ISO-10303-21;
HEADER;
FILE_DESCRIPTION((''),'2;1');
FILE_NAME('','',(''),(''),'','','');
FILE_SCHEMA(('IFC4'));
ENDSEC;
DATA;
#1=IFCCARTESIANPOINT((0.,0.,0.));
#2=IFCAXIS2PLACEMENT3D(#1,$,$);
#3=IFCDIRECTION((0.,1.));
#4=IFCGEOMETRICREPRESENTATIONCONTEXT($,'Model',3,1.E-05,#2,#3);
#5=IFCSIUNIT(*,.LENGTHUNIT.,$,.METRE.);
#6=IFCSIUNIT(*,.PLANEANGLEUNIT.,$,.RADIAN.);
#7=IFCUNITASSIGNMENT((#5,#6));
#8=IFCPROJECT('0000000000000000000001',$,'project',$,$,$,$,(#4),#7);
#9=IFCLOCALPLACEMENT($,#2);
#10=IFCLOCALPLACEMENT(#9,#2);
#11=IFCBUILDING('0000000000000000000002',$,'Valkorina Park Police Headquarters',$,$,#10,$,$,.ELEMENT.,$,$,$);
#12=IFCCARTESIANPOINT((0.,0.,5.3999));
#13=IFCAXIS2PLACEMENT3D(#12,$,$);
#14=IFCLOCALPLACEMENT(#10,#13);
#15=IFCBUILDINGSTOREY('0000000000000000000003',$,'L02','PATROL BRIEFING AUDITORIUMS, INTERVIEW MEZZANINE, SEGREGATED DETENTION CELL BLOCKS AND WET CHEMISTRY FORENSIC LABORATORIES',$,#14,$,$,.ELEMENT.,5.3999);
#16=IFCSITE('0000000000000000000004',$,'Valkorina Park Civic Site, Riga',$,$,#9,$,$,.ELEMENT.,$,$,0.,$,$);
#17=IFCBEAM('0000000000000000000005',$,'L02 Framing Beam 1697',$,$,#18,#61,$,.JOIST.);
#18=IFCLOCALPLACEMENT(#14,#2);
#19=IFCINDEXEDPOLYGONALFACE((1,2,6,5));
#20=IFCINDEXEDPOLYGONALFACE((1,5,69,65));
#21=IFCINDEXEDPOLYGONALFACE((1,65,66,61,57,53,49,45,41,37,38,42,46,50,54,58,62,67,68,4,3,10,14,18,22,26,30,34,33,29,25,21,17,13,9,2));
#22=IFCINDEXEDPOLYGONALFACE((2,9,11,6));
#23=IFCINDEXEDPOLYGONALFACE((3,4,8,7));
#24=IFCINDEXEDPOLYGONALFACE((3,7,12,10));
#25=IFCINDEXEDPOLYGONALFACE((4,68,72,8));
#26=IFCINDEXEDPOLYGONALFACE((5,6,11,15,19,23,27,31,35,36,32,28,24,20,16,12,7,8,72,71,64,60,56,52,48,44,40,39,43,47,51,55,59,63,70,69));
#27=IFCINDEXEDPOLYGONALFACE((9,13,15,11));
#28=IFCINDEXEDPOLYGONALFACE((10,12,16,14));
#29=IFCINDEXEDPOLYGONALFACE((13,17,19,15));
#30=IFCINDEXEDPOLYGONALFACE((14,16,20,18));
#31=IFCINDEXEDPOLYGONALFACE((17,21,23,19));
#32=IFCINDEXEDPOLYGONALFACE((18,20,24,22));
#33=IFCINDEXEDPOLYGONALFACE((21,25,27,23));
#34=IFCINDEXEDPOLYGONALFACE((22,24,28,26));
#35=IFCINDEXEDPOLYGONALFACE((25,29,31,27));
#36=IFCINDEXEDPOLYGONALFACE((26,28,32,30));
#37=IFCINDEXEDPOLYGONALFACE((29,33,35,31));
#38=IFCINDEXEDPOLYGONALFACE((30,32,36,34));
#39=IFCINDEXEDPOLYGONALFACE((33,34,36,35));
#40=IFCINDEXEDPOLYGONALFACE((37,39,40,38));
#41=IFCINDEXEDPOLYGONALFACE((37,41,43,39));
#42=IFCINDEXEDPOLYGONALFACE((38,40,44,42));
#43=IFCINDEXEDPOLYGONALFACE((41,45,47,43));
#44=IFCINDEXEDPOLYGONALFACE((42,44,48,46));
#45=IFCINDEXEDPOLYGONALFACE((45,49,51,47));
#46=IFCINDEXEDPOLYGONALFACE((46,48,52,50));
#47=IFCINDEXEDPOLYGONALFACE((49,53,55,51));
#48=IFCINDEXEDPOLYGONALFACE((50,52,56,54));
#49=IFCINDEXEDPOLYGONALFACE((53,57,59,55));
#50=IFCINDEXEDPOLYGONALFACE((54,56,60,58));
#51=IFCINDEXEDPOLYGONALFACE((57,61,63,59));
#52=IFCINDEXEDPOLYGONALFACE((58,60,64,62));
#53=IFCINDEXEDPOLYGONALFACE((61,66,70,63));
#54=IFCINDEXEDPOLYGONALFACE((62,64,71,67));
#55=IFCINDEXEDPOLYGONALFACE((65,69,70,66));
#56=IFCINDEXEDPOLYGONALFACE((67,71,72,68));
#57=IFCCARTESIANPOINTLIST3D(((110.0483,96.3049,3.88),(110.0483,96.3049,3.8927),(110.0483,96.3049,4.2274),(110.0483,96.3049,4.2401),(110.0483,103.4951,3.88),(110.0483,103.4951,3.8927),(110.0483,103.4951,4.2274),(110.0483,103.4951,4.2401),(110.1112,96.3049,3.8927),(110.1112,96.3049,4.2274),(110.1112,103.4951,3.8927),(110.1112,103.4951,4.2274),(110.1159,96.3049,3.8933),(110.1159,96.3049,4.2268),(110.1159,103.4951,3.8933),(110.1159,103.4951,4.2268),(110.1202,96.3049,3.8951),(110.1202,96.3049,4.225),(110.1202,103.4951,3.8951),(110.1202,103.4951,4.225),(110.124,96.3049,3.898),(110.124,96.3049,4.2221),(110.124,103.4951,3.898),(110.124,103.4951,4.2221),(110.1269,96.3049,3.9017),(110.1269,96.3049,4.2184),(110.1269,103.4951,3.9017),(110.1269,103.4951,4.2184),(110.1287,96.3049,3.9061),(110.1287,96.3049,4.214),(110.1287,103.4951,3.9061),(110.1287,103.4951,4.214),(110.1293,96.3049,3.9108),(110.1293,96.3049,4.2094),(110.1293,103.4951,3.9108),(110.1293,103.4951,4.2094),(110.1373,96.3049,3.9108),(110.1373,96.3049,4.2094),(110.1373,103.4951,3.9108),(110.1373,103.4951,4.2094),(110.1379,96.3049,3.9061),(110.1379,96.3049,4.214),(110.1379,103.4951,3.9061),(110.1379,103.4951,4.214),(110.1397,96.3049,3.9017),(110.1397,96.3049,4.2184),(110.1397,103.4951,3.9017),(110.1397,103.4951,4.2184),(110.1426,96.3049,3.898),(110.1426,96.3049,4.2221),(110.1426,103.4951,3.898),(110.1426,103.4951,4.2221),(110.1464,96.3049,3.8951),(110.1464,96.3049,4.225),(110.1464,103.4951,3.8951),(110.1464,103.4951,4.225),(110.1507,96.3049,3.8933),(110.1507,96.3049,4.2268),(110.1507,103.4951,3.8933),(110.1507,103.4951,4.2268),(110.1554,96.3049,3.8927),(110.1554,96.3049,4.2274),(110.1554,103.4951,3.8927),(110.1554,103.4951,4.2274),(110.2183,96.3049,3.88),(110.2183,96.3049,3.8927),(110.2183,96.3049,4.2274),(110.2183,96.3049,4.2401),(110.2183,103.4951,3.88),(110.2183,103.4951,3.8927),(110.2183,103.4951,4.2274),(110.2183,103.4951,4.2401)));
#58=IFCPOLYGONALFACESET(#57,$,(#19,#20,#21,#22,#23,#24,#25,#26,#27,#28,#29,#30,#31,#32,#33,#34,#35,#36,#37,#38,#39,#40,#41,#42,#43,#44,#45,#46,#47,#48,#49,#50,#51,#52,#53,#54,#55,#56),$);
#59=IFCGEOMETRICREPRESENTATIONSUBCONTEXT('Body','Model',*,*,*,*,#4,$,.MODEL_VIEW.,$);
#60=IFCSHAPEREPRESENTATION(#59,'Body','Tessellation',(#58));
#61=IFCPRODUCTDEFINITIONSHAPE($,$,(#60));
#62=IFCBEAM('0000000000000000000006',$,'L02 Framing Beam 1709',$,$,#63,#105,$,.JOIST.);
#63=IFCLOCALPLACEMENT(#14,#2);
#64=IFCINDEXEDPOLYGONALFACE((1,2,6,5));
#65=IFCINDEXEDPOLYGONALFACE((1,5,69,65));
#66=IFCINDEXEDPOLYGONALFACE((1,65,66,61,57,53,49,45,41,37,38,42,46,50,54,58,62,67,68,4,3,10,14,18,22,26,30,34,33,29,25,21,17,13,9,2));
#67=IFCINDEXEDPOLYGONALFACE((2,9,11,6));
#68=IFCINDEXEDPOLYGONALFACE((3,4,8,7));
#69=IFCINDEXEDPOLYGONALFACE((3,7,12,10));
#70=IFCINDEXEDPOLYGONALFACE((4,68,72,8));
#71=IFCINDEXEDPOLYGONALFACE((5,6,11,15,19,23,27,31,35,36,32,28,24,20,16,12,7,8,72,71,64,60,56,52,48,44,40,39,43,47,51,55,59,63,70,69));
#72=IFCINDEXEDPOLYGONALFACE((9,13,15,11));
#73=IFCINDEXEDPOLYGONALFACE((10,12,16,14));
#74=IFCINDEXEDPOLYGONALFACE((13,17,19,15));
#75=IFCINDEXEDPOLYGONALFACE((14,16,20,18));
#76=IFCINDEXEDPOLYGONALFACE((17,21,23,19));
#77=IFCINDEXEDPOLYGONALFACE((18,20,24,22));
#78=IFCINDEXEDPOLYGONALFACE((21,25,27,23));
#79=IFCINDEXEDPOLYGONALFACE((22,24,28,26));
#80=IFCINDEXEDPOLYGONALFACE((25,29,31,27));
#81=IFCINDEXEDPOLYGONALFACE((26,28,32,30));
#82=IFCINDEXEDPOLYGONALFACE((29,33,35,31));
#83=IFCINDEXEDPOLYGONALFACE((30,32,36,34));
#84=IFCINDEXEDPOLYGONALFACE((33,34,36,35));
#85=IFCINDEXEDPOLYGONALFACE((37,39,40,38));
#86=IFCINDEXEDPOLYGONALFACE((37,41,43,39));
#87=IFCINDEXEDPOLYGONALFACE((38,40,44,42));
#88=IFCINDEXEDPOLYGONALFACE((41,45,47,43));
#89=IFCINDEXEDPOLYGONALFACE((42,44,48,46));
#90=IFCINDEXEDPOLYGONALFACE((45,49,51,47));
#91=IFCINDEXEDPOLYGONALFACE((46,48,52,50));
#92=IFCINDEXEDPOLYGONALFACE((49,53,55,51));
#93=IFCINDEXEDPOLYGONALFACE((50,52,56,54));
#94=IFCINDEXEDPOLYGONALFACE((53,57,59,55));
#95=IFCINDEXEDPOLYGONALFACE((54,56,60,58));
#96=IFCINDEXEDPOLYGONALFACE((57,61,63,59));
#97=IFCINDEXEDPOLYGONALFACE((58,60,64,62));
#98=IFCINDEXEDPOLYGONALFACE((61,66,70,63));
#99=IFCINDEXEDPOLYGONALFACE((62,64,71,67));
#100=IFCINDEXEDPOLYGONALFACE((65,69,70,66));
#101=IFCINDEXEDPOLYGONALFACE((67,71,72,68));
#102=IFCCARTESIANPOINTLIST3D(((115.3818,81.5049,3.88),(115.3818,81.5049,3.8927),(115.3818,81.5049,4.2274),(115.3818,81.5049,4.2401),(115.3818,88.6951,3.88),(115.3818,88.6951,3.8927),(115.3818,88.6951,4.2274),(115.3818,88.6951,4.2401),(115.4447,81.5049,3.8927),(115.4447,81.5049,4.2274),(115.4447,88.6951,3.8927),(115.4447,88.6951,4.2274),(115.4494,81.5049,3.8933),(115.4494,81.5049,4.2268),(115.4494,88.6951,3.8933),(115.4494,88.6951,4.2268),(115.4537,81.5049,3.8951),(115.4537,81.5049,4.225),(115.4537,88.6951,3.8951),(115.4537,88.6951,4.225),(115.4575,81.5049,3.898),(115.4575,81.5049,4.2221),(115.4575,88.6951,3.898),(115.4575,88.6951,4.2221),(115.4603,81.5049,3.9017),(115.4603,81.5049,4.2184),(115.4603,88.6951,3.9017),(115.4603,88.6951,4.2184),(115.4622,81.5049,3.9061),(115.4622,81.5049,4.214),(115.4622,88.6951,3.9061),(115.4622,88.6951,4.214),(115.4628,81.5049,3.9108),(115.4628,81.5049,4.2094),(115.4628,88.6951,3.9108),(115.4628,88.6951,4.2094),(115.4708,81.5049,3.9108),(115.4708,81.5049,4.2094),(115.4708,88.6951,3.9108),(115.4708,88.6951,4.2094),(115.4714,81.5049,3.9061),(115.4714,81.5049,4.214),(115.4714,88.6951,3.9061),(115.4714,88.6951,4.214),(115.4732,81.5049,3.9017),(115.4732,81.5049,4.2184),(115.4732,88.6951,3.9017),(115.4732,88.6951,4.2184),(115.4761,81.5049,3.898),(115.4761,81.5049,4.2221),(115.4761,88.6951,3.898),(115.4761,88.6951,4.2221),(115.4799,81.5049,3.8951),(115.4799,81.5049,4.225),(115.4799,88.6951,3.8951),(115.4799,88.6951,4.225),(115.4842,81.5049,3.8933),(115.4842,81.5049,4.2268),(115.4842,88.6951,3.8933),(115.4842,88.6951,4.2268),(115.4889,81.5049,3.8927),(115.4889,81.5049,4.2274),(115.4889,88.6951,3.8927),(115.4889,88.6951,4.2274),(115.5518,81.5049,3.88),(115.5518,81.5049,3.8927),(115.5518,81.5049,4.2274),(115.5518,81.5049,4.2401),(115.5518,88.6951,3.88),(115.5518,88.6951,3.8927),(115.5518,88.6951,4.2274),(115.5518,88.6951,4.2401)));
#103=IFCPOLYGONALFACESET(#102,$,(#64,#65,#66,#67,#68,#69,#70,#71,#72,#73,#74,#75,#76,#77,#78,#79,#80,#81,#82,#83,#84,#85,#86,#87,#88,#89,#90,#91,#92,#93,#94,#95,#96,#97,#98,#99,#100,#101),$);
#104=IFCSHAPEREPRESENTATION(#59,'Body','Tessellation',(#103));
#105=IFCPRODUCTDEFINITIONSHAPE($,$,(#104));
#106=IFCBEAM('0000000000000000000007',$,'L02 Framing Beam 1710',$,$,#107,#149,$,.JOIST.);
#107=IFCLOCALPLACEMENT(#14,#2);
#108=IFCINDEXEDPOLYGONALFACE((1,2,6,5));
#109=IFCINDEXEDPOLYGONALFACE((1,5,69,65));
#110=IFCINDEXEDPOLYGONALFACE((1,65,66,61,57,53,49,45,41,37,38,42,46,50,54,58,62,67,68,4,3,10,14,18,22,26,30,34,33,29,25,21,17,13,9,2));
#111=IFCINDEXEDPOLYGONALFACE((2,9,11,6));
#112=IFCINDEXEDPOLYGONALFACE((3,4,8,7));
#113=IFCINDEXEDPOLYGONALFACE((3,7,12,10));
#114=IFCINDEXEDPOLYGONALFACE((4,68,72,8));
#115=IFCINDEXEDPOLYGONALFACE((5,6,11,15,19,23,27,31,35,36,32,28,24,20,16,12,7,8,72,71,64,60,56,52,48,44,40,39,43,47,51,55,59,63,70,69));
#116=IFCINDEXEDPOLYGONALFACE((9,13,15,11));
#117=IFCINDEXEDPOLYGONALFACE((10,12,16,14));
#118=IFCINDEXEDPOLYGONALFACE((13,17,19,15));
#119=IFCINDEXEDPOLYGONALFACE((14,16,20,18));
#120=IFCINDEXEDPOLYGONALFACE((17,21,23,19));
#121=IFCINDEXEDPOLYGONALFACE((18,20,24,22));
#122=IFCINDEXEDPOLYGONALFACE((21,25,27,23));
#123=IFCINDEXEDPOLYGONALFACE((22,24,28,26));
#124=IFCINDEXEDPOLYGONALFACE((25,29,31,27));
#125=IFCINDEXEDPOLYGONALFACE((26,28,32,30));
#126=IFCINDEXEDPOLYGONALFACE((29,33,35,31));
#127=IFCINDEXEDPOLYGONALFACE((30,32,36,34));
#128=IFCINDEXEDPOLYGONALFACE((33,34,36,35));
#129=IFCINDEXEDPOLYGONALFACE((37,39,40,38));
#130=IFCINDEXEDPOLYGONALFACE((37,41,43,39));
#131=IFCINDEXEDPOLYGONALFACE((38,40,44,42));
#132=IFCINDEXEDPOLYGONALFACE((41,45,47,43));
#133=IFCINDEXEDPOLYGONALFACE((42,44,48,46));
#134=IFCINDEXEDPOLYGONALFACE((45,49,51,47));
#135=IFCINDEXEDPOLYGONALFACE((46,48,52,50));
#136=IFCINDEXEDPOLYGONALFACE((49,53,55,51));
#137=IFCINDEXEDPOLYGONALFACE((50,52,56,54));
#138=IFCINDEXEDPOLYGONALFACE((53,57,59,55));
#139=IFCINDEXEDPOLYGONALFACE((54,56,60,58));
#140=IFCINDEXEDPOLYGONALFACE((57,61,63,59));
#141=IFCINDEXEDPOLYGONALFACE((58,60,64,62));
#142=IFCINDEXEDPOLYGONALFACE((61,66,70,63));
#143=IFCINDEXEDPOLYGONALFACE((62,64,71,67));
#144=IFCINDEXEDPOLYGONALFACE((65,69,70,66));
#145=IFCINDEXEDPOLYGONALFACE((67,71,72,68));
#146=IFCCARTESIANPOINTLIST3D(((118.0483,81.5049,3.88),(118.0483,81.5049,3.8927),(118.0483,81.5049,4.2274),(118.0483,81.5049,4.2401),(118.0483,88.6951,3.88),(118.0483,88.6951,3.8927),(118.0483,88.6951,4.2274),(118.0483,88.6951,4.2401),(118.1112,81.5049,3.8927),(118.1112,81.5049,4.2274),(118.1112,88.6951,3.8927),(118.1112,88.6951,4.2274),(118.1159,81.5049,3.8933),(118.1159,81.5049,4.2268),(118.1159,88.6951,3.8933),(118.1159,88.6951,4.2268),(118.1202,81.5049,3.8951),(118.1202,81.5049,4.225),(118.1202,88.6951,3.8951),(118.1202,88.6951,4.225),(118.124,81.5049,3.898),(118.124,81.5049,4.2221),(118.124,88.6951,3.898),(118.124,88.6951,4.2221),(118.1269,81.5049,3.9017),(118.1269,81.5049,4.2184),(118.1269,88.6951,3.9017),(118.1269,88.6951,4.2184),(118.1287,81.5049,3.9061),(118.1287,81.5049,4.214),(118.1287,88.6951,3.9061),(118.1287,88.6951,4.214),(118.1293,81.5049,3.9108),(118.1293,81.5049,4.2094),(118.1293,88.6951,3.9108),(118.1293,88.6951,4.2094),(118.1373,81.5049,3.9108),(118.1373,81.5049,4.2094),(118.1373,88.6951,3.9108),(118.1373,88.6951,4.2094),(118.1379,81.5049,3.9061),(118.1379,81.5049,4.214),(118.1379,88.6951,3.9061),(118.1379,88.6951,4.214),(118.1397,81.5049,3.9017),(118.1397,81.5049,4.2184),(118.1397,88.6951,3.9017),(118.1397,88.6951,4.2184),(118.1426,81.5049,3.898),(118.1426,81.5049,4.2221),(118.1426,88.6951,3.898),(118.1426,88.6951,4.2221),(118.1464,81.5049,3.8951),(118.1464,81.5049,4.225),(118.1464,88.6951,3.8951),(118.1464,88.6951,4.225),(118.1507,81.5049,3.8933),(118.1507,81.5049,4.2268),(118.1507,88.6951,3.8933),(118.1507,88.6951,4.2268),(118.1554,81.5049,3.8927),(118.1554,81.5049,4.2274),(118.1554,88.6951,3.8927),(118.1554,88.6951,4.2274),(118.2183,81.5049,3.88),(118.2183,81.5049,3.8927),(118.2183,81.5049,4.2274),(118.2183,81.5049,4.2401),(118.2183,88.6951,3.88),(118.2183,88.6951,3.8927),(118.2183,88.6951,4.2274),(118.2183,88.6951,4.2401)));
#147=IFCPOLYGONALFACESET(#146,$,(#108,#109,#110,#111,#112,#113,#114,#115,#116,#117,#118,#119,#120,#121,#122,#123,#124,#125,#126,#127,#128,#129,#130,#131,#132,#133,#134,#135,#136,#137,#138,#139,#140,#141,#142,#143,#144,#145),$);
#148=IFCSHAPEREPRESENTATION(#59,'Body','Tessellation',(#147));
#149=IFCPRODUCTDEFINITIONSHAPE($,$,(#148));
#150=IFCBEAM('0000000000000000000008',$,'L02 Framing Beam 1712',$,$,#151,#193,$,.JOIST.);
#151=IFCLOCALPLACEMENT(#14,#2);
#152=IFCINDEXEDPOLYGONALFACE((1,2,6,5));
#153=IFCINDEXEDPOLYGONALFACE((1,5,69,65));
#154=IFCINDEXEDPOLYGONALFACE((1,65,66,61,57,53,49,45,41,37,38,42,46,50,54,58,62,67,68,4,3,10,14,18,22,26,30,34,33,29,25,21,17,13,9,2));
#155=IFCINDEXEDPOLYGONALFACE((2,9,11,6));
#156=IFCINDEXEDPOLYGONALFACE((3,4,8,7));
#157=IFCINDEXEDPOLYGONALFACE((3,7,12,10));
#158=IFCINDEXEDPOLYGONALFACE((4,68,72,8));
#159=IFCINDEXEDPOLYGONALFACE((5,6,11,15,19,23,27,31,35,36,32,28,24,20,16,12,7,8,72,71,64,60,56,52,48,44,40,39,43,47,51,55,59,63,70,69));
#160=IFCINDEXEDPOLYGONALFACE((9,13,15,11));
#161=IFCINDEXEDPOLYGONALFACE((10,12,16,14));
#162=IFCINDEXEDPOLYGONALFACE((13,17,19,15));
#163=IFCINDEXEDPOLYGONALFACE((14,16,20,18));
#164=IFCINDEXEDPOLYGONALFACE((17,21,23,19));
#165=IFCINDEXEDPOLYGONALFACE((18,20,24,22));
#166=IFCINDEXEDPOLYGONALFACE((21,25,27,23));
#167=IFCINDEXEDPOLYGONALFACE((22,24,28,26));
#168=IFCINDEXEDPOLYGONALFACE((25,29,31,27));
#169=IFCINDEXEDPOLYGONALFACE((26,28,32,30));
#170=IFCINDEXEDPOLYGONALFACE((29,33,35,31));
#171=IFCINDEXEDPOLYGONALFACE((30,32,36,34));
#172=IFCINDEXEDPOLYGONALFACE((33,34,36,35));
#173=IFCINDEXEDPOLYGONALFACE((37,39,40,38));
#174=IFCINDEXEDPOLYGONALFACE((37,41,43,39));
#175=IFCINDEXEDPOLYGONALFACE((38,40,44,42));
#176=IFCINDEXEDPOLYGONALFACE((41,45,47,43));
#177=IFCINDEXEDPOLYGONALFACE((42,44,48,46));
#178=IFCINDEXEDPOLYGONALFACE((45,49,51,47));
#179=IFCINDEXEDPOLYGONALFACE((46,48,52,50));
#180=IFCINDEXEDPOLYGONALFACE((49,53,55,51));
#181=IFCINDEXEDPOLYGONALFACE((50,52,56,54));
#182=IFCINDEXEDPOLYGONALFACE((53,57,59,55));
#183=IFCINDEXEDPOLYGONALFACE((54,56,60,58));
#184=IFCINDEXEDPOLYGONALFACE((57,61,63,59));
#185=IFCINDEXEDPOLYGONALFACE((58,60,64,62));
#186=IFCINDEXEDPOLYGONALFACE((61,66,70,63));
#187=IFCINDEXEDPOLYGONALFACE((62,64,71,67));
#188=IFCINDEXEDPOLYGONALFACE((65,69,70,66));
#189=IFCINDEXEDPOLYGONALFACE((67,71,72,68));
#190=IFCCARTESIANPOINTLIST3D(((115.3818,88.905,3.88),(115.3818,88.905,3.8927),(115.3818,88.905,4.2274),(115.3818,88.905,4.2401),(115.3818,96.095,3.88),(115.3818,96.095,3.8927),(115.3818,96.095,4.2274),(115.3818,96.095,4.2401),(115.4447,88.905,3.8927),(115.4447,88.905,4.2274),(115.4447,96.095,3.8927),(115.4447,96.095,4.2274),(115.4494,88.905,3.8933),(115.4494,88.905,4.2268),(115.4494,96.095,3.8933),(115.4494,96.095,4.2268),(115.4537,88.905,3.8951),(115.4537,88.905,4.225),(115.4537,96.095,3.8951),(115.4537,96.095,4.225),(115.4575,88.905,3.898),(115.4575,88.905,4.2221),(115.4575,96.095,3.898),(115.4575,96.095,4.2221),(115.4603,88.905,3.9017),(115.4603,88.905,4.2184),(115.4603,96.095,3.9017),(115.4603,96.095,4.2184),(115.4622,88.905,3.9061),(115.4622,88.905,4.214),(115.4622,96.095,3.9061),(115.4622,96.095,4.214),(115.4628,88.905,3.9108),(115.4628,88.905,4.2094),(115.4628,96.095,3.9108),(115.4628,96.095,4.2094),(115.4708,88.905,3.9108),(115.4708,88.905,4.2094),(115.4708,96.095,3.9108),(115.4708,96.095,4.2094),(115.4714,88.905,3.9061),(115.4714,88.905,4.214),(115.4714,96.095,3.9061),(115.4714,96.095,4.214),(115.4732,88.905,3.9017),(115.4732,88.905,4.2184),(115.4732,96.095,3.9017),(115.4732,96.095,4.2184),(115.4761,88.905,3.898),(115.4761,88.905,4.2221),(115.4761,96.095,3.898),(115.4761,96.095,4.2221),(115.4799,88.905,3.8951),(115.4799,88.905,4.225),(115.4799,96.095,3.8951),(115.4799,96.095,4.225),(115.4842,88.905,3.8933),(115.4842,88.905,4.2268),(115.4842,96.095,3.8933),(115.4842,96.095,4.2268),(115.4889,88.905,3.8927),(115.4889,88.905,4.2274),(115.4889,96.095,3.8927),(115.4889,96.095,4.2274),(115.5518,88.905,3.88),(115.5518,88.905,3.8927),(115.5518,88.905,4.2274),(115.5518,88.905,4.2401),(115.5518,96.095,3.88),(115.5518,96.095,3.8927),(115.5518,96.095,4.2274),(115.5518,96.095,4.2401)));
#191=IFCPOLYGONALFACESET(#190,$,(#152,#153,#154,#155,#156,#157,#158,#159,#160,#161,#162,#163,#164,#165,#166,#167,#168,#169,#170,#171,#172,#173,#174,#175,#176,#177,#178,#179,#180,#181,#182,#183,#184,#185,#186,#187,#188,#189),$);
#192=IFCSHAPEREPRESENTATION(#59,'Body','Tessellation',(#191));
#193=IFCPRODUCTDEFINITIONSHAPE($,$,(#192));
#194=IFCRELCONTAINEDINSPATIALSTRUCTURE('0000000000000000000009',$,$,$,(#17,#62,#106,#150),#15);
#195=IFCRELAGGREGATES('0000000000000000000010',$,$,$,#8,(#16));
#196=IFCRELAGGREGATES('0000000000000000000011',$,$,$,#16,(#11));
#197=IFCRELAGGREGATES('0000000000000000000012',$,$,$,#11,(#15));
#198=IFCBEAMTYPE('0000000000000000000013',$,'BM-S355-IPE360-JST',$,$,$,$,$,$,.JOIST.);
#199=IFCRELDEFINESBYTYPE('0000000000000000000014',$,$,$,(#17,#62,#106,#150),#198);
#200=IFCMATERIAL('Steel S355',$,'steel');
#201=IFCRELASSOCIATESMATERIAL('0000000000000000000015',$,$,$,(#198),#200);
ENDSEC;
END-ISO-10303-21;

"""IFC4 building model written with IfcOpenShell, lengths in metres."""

from ifc_helpers import new_model, si_unit, direction, frame, origin, origin_2d, place, context, subcontext, project, spatial, i_section, extrude, material, material_profile, profile_set, type_object, element, save


model = new_model("IFC4")

# Units and contexts
model_context = context("Model", 3, precision=1e-05, world=origin(), true_north=direction((0.0, 1.0)))
body_context = subcontext(model_context, "Body", "Model", "MODEL_VIEW")
ifc_project = project(units=[si_unit("LENGTHUNIT", "METRE"), si_unit("PLANEANGLEUNIT", "RADIAN")], contexts=[model_context])

# Site, building, storey
site_placement = place(None, origin())
site = spatial("IfcSite", under=ifc_project, at=site_placement, Name="Valkorina Park Civic Site, Riga", CompositionType="ELEMENT", RefElevation=0.0)
building_placement = place(site_placement, origin())
building = spatial("IfcBuilding", under=site, at=building_placement, Name="Valkorina Park Police Headquarters", CompositionType="ELEMENT")
storey_placement = place(building_placement, frame((0.0, 0.0, 5.3999)))
storey = spatial("IfcBuildingStorey", under=building, at=storey_placement, Name="L02", Description="PATROL BRIEFING AUDITORIUMS, INTERVIEW MEZZANINE, SEGREGATED DETENTION CELL BLOCKS AND WET CHEMISTRY FORENSIC LABORATORIES", CompositionType="ELEMENT", Elevation=5.3999)

# Shared definitions
ifc_material_1 = material(Name="Steel S355", Category="steel")

# Beams
ifc_material_profile_1 = material_profile(ifc_material_1, i_section(OverallWidth=0.1699, OverallDepth=0.3601, WebThickness=0.0081, FlangeThickness=0.0127, FilletRadius=0.0181, at=origin_2d()), Name="IPE 360")
ifc_profile_set_1 = profile_set([ifc_material_profile_1], Name="Steel S355")
beam_type_1 = type_object("IfcBeamType", Name="BM-S355-IPE360-JST", PredefinedType="JOIST", material=ifc_profile_set_1)
for number, where, z_axis, x_axis, name in (
    (1, (110.1333, 96.3049, 4.0601), (0.0, 1.0, 0.0), (-1.0, 0.0, 0.0), "L02 Framing Beam 1697"),
    (2, (115.4668, 81.5049, 4.0601), (0.0, 1.0, 0.0), (-1.0, 0.0, 0.0), "L02 Framing Beam 1709"),
    (3, (118.1333, 81.5049, 4.0601), (0.0, 1.0, 0.0), (-1.0, 0.0, 0.0), "L02 Framing Beam 1710"),
):
    element("IfcBeam", number, at=place(storey_placement, frame(where, z_axis=z_axis, x_axis=x_axis)), inside=storey, type_object=beam_type_1, Name=name, PredefinedType="JOIST", context=body_context, shape_type="SweptSolid", body=[
        extrude(i_section(OverallWidth=0.1699, OverallDepth=0.3601, WebThickness=0.0081, FlangeThickness=0.0127, FilletRadius=0.0181, at=origin_2d()), origin(), (0.0, 0.0, 1.0), 7.1902),
    ])
for number, where, z_axis, x_axis, name in (
    (4, (115.4668, 88.905, 4.0601), (0.0, 1.0, 0.0), (-1.0, 0.0, 0.0), "L02 Framing Beam 1712"),
):
    element("IfcBeam", number, at=place(storey_placement, frame(where, z_axis=z_axis, x_axis=x_axis)), inside=storey, type_object=beam_type_1, Name=name, PredefinedType="JOIST", context=body_context, shape_type="SweptSolid", body=[
        extrude(i_section(OverallWidth=0.1699, OverallDepth=0.3601, WebThickness=0.0081, FlangeThickness=0.0127, FilletRadius=0.0181, at=origin_2d()), origin(), (0.0, 0.0, 1.0), 7.1899),
    ])

save(model, "model.ifc")
